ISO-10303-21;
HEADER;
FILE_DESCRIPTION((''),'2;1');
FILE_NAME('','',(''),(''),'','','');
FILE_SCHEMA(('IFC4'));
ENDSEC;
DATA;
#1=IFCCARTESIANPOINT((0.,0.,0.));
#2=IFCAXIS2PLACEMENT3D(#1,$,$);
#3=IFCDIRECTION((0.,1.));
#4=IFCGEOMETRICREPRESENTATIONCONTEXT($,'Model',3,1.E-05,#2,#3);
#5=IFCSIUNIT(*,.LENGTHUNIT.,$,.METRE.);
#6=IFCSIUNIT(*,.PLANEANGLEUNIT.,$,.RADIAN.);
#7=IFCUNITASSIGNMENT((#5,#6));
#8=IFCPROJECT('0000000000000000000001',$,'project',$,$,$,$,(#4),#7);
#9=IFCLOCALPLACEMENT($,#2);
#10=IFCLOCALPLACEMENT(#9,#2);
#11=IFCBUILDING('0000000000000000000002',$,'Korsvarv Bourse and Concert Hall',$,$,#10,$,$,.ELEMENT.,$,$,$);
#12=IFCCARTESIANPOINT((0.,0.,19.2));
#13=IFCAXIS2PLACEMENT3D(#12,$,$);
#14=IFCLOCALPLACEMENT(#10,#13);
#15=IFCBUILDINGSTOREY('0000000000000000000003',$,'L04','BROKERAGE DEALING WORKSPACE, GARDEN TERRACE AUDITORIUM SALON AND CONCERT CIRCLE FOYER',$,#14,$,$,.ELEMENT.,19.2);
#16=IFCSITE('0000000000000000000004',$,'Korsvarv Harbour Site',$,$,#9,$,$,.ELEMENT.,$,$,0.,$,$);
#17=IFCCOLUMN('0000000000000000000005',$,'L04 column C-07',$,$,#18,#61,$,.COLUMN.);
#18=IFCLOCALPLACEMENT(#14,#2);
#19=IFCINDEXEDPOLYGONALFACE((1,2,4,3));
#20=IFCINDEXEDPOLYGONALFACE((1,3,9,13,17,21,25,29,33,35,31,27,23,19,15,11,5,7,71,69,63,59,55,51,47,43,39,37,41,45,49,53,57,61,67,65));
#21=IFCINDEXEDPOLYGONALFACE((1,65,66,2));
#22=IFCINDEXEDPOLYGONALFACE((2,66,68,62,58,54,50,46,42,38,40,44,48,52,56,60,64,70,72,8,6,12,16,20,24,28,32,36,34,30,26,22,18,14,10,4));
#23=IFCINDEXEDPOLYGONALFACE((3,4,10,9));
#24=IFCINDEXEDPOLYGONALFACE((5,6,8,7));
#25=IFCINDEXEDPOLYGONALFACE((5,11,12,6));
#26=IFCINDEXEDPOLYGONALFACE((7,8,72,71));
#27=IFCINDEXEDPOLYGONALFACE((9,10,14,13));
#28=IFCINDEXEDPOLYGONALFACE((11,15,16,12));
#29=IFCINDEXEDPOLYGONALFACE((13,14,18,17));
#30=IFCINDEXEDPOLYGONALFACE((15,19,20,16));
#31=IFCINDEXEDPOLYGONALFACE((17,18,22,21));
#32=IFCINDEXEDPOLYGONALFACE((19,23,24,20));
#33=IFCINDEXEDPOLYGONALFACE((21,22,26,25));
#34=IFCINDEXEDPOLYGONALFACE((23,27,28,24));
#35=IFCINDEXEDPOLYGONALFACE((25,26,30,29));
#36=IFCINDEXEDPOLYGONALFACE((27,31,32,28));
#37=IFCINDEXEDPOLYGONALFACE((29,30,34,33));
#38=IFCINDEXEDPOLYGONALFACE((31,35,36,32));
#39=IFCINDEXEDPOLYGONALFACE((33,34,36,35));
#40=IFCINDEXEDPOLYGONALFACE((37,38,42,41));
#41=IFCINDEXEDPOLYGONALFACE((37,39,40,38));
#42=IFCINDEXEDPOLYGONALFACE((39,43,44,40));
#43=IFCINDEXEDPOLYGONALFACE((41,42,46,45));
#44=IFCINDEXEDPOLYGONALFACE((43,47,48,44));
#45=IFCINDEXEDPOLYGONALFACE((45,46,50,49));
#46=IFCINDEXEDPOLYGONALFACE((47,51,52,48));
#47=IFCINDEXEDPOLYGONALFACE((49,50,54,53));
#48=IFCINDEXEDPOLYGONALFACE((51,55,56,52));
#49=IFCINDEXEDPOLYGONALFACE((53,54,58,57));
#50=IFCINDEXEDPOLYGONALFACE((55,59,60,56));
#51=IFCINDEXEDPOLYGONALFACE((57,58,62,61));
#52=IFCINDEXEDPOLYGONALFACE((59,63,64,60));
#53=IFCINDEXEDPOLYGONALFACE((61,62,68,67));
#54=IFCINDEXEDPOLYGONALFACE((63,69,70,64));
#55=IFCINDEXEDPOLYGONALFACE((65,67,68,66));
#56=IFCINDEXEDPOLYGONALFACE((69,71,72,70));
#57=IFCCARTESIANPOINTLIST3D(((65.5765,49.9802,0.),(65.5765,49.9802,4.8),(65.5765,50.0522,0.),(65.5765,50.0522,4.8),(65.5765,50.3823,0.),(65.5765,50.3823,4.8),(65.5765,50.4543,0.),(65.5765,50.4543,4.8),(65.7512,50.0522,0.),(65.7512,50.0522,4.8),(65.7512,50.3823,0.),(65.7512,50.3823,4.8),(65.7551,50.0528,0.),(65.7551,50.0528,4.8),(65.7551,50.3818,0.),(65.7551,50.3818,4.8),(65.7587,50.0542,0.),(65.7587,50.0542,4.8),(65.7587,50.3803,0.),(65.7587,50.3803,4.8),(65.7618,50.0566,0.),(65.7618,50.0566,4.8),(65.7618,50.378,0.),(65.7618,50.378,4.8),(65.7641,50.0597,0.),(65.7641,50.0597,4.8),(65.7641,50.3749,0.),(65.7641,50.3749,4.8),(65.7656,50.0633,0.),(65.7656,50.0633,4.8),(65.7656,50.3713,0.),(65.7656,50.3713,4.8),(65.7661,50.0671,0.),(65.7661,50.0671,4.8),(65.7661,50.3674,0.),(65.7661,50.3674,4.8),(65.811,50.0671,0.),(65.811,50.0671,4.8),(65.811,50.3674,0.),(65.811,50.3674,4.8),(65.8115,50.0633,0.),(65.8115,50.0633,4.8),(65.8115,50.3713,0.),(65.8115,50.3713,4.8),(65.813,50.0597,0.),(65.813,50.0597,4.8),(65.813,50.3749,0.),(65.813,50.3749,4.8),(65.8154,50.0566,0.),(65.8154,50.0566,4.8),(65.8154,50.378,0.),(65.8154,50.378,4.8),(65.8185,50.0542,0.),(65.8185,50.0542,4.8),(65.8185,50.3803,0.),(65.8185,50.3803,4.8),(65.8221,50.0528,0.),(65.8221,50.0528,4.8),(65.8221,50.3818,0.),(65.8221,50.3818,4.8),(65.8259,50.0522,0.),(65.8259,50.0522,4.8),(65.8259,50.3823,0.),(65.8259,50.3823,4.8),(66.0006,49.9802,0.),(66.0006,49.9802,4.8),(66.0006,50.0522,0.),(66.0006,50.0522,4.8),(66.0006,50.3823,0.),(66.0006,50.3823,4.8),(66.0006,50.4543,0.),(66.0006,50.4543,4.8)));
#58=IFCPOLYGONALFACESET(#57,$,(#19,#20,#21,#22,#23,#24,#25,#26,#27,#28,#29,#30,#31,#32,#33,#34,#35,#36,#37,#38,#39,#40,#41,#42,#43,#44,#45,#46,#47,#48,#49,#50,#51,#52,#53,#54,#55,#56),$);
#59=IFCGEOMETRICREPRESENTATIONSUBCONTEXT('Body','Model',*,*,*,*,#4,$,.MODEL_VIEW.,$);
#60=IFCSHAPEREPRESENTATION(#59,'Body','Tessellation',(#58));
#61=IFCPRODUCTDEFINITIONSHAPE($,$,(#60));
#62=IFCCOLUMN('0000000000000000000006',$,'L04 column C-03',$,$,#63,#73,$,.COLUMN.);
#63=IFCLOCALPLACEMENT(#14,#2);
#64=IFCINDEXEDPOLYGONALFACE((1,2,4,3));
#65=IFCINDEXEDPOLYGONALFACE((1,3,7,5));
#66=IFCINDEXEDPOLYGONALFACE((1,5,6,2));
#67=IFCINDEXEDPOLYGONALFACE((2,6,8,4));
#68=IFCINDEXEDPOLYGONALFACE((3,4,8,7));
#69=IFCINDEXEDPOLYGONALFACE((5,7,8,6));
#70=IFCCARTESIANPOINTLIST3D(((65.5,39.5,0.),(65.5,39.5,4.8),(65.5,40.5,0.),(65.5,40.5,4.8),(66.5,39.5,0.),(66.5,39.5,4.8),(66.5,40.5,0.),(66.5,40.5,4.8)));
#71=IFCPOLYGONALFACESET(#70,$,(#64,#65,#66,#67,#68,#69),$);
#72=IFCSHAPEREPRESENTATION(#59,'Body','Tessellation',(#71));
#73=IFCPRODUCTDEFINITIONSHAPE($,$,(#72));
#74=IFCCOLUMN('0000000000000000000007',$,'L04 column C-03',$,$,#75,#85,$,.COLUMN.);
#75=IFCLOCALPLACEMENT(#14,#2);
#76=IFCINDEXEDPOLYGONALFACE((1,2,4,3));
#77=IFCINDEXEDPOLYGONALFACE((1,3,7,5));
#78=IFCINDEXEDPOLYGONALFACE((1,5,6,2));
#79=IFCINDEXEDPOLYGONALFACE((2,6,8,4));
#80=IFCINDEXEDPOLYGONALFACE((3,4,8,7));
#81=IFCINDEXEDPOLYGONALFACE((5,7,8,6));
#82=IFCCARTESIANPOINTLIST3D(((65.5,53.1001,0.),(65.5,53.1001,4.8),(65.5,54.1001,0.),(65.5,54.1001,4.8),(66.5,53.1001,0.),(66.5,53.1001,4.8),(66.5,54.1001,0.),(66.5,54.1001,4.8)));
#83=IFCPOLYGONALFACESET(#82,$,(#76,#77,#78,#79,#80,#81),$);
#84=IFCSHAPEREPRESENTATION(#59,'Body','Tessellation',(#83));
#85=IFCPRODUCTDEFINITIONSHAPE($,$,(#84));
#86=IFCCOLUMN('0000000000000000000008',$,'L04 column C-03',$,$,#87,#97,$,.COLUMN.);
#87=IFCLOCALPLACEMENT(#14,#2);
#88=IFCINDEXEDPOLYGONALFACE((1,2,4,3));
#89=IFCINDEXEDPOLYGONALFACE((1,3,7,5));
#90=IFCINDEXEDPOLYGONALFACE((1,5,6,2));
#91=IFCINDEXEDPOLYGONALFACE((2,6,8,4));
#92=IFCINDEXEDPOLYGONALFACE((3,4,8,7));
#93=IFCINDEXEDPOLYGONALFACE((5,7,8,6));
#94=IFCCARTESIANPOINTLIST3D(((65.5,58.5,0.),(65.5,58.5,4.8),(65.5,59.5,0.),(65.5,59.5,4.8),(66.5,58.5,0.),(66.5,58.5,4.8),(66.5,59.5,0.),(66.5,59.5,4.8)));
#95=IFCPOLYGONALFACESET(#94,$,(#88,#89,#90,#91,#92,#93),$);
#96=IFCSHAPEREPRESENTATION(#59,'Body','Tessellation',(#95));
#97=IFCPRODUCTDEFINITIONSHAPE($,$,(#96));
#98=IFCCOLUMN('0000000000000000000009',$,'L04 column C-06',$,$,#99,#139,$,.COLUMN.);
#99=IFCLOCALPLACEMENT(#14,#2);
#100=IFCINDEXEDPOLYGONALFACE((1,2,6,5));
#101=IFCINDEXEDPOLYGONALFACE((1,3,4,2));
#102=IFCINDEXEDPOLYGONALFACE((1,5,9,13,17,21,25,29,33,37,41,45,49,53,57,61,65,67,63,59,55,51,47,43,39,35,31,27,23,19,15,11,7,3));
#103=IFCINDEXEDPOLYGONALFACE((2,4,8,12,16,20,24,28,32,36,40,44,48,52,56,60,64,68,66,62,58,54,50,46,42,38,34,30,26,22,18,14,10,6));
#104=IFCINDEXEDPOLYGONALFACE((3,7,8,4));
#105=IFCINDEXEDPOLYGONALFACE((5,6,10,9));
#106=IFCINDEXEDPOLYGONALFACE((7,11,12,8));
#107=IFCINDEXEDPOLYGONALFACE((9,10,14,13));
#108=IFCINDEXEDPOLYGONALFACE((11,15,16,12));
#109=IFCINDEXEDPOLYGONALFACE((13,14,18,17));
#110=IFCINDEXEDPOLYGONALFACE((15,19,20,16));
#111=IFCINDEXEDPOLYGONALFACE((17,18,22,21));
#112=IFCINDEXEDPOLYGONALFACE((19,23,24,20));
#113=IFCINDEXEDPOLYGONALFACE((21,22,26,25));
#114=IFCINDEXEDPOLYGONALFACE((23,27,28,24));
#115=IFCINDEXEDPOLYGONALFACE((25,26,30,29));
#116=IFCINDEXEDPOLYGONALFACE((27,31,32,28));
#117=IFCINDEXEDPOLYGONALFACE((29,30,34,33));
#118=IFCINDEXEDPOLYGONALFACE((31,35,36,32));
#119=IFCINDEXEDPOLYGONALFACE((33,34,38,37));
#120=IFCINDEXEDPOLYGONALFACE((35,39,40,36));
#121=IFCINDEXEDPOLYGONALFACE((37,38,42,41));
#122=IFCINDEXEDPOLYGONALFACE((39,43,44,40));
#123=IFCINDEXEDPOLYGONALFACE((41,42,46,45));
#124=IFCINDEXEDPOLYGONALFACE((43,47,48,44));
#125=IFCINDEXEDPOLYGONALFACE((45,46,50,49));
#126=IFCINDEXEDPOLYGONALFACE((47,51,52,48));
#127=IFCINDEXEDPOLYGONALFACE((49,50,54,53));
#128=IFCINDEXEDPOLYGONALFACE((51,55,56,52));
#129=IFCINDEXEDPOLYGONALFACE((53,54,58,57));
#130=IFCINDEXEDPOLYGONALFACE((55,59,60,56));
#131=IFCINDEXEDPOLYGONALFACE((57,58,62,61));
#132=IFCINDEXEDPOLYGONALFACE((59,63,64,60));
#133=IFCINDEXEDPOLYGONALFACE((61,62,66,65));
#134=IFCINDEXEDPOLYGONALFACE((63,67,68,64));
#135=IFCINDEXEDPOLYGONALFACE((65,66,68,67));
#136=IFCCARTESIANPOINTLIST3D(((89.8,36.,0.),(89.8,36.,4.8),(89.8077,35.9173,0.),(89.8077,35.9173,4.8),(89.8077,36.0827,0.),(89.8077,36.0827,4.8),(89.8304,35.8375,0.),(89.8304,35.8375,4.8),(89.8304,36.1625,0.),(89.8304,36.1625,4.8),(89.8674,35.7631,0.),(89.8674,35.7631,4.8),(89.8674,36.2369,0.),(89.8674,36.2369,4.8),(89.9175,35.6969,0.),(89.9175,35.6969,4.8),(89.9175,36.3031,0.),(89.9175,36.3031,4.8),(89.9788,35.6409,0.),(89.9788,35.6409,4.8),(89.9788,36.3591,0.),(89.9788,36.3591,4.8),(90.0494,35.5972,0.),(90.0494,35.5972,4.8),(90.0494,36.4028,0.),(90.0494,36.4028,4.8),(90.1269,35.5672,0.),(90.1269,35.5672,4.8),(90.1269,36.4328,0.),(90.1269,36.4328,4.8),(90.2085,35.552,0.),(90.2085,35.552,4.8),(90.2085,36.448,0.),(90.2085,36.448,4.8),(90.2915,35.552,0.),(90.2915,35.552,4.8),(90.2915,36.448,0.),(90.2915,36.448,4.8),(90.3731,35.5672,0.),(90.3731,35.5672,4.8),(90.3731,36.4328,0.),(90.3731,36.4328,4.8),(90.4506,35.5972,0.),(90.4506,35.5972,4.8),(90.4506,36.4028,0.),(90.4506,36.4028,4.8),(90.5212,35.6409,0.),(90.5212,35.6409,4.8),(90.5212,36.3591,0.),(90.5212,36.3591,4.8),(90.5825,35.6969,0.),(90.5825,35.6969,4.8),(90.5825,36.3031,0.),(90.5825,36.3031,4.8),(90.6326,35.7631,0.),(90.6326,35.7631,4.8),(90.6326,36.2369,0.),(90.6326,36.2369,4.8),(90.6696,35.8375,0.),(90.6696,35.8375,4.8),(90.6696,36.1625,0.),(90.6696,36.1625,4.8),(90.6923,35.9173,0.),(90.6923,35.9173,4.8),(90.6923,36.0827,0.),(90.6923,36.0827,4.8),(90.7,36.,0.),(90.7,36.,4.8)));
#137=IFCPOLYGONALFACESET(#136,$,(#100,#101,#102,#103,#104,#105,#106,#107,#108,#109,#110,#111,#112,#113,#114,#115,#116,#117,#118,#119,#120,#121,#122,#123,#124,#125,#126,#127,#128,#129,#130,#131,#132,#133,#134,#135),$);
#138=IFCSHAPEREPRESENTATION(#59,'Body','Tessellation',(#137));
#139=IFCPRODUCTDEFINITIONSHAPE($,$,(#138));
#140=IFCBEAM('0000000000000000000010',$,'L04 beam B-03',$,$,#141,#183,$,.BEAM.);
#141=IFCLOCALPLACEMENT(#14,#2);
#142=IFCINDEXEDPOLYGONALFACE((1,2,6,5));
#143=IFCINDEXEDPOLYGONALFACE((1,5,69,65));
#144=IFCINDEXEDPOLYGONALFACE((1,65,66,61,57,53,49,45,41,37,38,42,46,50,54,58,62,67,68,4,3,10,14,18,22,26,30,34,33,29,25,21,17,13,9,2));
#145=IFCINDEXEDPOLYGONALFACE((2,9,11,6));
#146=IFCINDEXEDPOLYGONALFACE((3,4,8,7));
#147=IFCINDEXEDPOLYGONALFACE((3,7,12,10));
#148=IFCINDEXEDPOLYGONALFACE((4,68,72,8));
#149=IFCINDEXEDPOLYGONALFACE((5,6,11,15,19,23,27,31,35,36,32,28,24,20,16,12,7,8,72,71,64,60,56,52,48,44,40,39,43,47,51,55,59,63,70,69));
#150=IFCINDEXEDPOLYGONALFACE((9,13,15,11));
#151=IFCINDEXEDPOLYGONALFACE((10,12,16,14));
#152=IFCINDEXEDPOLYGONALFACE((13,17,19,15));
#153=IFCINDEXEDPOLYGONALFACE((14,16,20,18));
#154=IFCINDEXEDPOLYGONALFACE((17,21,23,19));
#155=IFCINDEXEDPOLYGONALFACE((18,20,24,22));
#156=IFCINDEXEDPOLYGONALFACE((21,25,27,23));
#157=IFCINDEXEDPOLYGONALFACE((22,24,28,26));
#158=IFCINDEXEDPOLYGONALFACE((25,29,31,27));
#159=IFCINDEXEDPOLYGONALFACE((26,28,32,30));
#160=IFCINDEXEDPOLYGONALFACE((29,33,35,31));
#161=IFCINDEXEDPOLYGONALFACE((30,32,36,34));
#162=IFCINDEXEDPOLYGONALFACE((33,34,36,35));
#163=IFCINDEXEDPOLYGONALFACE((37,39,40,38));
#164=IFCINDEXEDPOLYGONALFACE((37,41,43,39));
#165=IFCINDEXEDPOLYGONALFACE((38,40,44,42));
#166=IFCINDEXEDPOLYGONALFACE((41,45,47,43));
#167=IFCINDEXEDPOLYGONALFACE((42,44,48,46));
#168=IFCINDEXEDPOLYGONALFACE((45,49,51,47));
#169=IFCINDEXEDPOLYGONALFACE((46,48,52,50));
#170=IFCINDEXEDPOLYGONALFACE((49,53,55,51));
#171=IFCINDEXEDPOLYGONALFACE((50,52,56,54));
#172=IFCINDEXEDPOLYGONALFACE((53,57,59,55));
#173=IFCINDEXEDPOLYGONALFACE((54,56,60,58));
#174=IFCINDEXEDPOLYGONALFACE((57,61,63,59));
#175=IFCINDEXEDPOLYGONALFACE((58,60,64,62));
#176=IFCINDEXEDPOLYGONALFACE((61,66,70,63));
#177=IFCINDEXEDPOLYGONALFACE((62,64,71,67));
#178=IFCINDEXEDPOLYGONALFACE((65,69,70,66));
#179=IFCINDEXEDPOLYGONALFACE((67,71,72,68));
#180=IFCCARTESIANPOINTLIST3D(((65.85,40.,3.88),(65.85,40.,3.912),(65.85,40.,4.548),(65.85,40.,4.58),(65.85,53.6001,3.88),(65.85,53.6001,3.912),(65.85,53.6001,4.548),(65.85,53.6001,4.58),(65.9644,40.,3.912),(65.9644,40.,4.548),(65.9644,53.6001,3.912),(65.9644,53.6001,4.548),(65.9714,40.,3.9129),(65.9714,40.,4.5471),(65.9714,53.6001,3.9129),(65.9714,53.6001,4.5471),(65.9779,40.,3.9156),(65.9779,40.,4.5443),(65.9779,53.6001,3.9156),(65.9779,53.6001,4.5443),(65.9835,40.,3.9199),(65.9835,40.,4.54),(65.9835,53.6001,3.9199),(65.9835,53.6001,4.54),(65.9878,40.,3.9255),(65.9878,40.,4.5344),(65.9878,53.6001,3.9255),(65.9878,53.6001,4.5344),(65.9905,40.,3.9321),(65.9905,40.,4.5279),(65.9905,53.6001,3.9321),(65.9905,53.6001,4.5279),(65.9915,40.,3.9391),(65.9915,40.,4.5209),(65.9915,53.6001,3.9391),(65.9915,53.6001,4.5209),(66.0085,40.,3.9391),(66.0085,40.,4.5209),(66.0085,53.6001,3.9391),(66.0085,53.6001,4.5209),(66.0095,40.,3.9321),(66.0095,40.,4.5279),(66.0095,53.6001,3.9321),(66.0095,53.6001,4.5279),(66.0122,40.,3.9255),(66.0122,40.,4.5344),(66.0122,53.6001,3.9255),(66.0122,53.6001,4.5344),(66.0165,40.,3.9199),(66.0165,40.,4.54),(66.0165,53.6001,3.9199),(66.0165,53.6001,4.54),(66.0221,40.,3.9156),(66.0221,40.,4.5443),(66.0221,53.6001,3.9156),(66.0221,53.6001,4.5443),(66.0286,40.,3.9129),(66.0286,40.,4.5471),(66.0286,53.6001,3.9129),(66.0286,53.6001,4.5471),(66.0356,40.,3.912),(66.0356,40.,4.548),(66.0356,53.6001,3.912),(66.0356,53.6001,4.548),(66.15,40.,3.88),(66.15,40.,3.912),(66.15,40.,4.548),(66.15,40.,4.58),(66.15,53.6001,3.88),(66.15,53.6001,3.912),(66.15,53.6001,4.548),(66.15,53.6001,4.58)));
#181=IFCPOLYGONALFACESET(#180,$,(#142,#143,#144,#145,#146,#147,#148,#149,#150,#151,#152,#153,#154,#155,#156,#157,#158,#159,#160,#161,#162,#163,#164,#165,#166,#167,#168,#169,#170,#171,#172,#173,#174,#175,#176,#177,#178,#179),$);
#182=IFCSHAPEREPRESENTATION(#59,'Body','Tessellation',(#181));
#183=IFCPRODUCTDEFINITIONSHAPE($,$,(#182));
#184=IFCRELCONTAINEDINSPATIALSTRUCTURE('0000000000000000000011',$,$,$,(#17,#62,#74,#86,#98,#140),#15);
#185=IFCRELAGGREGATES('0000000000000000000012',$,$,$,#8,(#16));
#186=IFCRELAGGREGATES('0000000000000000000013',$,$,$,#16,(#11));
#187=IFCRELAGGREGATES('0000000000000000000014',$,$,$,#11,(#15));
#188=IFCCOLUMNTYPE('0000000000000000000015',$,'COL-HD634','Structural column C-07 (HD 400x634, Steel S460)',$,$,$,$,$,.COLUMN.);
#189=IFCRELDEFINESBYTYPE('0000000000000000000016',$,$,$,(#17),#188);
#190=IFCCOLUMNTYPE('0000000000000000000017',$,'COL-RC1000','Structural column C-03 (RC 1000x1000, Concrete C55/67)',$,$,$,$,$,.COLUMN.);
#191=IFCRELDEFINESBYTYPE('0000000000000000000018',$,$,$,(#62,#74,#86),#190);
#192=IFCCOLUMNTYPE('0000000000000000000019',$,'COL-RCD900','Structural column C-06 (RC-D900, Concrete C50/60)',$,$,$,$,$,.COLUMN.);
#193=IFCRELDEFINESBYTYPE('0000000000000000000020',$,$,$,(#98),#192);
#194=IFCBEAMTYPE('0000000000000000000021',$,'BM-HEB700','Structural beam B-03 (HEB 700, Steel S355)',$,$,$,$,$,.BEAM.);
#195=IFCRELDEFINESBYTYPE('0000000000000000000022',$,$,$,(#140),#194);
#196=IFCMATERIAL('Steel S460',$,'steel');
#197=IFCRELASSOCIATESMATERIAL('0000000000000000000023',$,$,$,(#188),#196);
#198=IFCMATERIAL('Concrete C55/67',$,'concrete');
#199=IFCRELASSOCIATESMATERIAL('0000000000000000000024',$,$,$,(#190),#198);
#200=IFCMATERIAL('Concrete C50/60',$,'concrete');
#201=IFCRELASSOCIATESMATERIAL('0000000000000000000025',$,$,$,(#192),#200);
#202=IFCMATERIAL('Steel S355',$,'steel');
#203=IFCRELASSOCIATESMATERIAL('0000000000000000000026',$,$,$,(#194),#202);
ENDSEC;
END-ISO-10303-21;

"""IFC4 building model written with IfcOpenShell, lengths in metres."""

from ifc_helpers import new_model, si_unit, direction, frame, origin, origin_2d, place, context, subcontext, project, spatial, rectangle, circle, i_section, extrude, source, transform, mapped, material, material_profile, profile_set, type_object, element, save


model = new_model("IFC4")

# Units and contexts
model_context = context("Model", 3, precision=1e-05, world=origin(), true_north=direction((0.0, 1.0)))
body_context = subcontext(model_context, "Body", "Model", "MODEL_VIEW")
ifc_project = project(units=[si_unit("LENGTHUNIT", "METRE"), si_unit("PLANEANGLEUNIT", "RADIAN")], contexts=[model_context])

# Site, building, storey
site_placement = place(None, origin())
site = spatial("IfcSite", under=ifc_project, at=site_placement, Name="Korsvarv Harbour Site", CompositionType="ELEMENT", RefElevation=0.0)
building_placement = place(site_placement, origin())
building = spatial("IfcBuilding", under=site, at=building_placement, Name="Korsvarv Bourse and Concert Hall", CompositionType="ELEMENT")
storey_placement = place(building_placement, frame((0.0, 0.0, 19.2)))
storey = spatial("IfcBuildingStorey", under=building, at=storey_placement, Name="L04", Description="BROKERAGE DEALING WORKSPACE, GARDEN TERRACE AUDITORIUM SALON AND CONCERT CIRCLE FOYER", CompositionType="ELEMENT", Elevation=19.2)

# Columns
ifc_material_1 = material(Name="Steel S460", Category="steel")
ifc_material_profile_1 = material_profile(ifc_material_1, i_section(OverallWidth=0.4241, OverallDepth=0.4741, WebThickness=0.0449, FlangeThickness=0.072, FilletRadius=0.0149, at=origin_2d()), Name="HD 400x634")
ifc_profile_set_1 = profile_set([ifc_material_profile_1], Name="Steel S460")
column_type_1 = type_object("IfcColumnType", Name="COL-HD634", Description="Structural column C-07 (HD 400x634, Steel S460)", PredefinedType="COLUMN", material=ifc_profile_set_1)
shared_shape_1 = source(origin(), body_context, "Body", "SweptSolid", [
    extrude(i_section(OverallWidth=0.4241, OverallDepth=0.4741, WebThickness=0.0449, FlangeThickness=0.072, FilletRadius=0.0149, at=origin_2d()), origin(), (0.0, 0.0, 1.0), 4.8),
])
column_1_placement = place(storey_placement, frame((65.7886, 50.2173, 0.0), z_axis=(0.0, 0.0, 1.0), x_axis=(1.0, 0.0, 0.0)))
element("IfcColumn", 1, at=column_1_placement, inside=storey, type_object=column_type_1, Name="L04 column C-07", PredefinedType="COLUMN", context=body_context, shape_type="MappedRepresentation", body=[
    mapped(shared_shape_1, transform((0.0, 0.0, 0.0), scale=1.0)),
])
ifc_material_2 = material(Name="Concrete C55/67", Category="concrete")
ifc_material_profile_2 = material_profile(ifc_material_2, rectangle(XDim=1.0, YDim=1.0, at=origin_2d()), Name="RC 1000x1000")
ifc_profile_set_2 = profile_set([ifc_material_profile_2], Name="Concrete C55/67")
column_type_2 = type_object("IfcColumnType", Name="COL-RC1000", Description="Structural column C-03 (RC 1000x1000, Concrete C55/67)", PredefinedType="COLUMN", material=ifc_profile_set_2)
shared_shape_2 = source(origin(), body_context, "Body", "SweptSolid", [
    extrude(rectangle(XDim=1.0, YDim=1.0, at=origin_2d()), origin(), (0.0, 0.0, 1.0), 4.8),
])
for number, where, z_axis, x_axis, name in (
    (2, (66.0, 40.0, 0.0), (0.0, 0.0, 1.0), (1.0, 0.0, 0.0), "L04 column C-03"),
    (3, (66.0, 53.6001, 0.0), (0.0, 0.0, 1.0), (1.0, 0.0, 0.0), "L04 column C-03"),
    (4, (66.0, 59.0, 0.0), (0.0, 0.0, 1.0), (1.0, 0.0, 0.0), "L04 column C-03"),
):
    element("IfcColumn", number, at=place(storey_placement, frame(where, z_axis=z_axis, x_axis=x_axis)), inside=storey, type_object=column_type_2, Name=name, PredefinedType="COLUMN", context=body_context, shape_type="MappedRepresentation", body=[
        mapped(shared_shape_2, transform((0.0, 0.0, 0.0), scale=1.0)),
    ])
ifc_material_3 = material(Name="Concrete C50/60", Category="concrete")
ifc_material_profile_3 = material_profile(ifc_material_3, circle(Radius=0.45, at=origin_2d()), Name="RC-D900")
ifc_profile_set_3 = profile_set([ifc_material_profile_3], Name="Concrete C50/60")
column_type_3 = type_object("IfcColumnType", Name="COL-RCD900", Description="Structural column C-06 (RC-D900, Concrete C50/60)", PredefinedType="COLUMN", material=ifc_profile_set_3)
shared_shape_3 = source(origin(), body_context, "Body", "SweptSolid", [
    extrude(circle(Radius=0.45, at=origin_2d()), origin(), (0.0, 0.0, 1.0), 4.8),
])
column_2_placement = place(storey_placement, frame((90.25, 36.0, 0.0), z_axis=(0.0, 0.0, 1.0), x_axis=(1.0, 0.0, 0.0)))
element("IfcColumn", 5, at=column_2_placement, inside=storey, type_object=column_type_3, Name="L04 column C-06", PredefinedType="COLUMN", context=body_context, shape_type="MappedRepresentation", body=[
    mapped(shared_shape_3, transform((0.0, 0.0, 0.0), scale=1.0)),
])

# Beam
ifc_material_4 = material(Name="Steel S355", Category="steel")
ifc_material_profile_4 = material_profile(ifc_material_4, i_section(OverallWidth=0.3, OverallDepth=0.7, WebThickness=0.0171, FlangeThickness=0.032, FilletRadius=0.0271, at=origin_2d()), Name="HEB 700")
ifc_profile_set_4 = profile_set([ifc_material_profile_4], Name="Steel S355")
beam_type_1 = type_object("IfcBeamType", Name="BM-HEB700", Description="Structural beam B-03 (HEB 700, Steel S355)", PredefinedType="BEAM", material=ifc_profile_set_4)
shared_shape_4 = source(origin(), body_context, "Body", "SweptSolid", [
    extrude(i_section(OverallWidth=0.3, OverallDepth=0.7, WebThickness=0.0171, FlangeThickness=0.032, FilletRadius=0.0271, at=origin_2d()), origin(), (0.0, 0.0, 1.0), 13.6001),
])
beam_1_placement = place(storey_placement, frame((66.0, 40.0, 4.23), z_axis=(0.0, 1.0, 0.0), x_axis=(-1.0, 0.0, 0.0)))
element("IfcBeam", 6, at=beam_1_placement, inside=storey, type_object=beam_type_1, Name="L04 beam B-03", PredefinedType="BEAM", context=body_context, shape_type="MappedRepresentation", body=[
    mapped(shared_shape_4, transform((0.0, 0.0, 0.0), scale=1.0)),
])

save(model, "model.ifc")
